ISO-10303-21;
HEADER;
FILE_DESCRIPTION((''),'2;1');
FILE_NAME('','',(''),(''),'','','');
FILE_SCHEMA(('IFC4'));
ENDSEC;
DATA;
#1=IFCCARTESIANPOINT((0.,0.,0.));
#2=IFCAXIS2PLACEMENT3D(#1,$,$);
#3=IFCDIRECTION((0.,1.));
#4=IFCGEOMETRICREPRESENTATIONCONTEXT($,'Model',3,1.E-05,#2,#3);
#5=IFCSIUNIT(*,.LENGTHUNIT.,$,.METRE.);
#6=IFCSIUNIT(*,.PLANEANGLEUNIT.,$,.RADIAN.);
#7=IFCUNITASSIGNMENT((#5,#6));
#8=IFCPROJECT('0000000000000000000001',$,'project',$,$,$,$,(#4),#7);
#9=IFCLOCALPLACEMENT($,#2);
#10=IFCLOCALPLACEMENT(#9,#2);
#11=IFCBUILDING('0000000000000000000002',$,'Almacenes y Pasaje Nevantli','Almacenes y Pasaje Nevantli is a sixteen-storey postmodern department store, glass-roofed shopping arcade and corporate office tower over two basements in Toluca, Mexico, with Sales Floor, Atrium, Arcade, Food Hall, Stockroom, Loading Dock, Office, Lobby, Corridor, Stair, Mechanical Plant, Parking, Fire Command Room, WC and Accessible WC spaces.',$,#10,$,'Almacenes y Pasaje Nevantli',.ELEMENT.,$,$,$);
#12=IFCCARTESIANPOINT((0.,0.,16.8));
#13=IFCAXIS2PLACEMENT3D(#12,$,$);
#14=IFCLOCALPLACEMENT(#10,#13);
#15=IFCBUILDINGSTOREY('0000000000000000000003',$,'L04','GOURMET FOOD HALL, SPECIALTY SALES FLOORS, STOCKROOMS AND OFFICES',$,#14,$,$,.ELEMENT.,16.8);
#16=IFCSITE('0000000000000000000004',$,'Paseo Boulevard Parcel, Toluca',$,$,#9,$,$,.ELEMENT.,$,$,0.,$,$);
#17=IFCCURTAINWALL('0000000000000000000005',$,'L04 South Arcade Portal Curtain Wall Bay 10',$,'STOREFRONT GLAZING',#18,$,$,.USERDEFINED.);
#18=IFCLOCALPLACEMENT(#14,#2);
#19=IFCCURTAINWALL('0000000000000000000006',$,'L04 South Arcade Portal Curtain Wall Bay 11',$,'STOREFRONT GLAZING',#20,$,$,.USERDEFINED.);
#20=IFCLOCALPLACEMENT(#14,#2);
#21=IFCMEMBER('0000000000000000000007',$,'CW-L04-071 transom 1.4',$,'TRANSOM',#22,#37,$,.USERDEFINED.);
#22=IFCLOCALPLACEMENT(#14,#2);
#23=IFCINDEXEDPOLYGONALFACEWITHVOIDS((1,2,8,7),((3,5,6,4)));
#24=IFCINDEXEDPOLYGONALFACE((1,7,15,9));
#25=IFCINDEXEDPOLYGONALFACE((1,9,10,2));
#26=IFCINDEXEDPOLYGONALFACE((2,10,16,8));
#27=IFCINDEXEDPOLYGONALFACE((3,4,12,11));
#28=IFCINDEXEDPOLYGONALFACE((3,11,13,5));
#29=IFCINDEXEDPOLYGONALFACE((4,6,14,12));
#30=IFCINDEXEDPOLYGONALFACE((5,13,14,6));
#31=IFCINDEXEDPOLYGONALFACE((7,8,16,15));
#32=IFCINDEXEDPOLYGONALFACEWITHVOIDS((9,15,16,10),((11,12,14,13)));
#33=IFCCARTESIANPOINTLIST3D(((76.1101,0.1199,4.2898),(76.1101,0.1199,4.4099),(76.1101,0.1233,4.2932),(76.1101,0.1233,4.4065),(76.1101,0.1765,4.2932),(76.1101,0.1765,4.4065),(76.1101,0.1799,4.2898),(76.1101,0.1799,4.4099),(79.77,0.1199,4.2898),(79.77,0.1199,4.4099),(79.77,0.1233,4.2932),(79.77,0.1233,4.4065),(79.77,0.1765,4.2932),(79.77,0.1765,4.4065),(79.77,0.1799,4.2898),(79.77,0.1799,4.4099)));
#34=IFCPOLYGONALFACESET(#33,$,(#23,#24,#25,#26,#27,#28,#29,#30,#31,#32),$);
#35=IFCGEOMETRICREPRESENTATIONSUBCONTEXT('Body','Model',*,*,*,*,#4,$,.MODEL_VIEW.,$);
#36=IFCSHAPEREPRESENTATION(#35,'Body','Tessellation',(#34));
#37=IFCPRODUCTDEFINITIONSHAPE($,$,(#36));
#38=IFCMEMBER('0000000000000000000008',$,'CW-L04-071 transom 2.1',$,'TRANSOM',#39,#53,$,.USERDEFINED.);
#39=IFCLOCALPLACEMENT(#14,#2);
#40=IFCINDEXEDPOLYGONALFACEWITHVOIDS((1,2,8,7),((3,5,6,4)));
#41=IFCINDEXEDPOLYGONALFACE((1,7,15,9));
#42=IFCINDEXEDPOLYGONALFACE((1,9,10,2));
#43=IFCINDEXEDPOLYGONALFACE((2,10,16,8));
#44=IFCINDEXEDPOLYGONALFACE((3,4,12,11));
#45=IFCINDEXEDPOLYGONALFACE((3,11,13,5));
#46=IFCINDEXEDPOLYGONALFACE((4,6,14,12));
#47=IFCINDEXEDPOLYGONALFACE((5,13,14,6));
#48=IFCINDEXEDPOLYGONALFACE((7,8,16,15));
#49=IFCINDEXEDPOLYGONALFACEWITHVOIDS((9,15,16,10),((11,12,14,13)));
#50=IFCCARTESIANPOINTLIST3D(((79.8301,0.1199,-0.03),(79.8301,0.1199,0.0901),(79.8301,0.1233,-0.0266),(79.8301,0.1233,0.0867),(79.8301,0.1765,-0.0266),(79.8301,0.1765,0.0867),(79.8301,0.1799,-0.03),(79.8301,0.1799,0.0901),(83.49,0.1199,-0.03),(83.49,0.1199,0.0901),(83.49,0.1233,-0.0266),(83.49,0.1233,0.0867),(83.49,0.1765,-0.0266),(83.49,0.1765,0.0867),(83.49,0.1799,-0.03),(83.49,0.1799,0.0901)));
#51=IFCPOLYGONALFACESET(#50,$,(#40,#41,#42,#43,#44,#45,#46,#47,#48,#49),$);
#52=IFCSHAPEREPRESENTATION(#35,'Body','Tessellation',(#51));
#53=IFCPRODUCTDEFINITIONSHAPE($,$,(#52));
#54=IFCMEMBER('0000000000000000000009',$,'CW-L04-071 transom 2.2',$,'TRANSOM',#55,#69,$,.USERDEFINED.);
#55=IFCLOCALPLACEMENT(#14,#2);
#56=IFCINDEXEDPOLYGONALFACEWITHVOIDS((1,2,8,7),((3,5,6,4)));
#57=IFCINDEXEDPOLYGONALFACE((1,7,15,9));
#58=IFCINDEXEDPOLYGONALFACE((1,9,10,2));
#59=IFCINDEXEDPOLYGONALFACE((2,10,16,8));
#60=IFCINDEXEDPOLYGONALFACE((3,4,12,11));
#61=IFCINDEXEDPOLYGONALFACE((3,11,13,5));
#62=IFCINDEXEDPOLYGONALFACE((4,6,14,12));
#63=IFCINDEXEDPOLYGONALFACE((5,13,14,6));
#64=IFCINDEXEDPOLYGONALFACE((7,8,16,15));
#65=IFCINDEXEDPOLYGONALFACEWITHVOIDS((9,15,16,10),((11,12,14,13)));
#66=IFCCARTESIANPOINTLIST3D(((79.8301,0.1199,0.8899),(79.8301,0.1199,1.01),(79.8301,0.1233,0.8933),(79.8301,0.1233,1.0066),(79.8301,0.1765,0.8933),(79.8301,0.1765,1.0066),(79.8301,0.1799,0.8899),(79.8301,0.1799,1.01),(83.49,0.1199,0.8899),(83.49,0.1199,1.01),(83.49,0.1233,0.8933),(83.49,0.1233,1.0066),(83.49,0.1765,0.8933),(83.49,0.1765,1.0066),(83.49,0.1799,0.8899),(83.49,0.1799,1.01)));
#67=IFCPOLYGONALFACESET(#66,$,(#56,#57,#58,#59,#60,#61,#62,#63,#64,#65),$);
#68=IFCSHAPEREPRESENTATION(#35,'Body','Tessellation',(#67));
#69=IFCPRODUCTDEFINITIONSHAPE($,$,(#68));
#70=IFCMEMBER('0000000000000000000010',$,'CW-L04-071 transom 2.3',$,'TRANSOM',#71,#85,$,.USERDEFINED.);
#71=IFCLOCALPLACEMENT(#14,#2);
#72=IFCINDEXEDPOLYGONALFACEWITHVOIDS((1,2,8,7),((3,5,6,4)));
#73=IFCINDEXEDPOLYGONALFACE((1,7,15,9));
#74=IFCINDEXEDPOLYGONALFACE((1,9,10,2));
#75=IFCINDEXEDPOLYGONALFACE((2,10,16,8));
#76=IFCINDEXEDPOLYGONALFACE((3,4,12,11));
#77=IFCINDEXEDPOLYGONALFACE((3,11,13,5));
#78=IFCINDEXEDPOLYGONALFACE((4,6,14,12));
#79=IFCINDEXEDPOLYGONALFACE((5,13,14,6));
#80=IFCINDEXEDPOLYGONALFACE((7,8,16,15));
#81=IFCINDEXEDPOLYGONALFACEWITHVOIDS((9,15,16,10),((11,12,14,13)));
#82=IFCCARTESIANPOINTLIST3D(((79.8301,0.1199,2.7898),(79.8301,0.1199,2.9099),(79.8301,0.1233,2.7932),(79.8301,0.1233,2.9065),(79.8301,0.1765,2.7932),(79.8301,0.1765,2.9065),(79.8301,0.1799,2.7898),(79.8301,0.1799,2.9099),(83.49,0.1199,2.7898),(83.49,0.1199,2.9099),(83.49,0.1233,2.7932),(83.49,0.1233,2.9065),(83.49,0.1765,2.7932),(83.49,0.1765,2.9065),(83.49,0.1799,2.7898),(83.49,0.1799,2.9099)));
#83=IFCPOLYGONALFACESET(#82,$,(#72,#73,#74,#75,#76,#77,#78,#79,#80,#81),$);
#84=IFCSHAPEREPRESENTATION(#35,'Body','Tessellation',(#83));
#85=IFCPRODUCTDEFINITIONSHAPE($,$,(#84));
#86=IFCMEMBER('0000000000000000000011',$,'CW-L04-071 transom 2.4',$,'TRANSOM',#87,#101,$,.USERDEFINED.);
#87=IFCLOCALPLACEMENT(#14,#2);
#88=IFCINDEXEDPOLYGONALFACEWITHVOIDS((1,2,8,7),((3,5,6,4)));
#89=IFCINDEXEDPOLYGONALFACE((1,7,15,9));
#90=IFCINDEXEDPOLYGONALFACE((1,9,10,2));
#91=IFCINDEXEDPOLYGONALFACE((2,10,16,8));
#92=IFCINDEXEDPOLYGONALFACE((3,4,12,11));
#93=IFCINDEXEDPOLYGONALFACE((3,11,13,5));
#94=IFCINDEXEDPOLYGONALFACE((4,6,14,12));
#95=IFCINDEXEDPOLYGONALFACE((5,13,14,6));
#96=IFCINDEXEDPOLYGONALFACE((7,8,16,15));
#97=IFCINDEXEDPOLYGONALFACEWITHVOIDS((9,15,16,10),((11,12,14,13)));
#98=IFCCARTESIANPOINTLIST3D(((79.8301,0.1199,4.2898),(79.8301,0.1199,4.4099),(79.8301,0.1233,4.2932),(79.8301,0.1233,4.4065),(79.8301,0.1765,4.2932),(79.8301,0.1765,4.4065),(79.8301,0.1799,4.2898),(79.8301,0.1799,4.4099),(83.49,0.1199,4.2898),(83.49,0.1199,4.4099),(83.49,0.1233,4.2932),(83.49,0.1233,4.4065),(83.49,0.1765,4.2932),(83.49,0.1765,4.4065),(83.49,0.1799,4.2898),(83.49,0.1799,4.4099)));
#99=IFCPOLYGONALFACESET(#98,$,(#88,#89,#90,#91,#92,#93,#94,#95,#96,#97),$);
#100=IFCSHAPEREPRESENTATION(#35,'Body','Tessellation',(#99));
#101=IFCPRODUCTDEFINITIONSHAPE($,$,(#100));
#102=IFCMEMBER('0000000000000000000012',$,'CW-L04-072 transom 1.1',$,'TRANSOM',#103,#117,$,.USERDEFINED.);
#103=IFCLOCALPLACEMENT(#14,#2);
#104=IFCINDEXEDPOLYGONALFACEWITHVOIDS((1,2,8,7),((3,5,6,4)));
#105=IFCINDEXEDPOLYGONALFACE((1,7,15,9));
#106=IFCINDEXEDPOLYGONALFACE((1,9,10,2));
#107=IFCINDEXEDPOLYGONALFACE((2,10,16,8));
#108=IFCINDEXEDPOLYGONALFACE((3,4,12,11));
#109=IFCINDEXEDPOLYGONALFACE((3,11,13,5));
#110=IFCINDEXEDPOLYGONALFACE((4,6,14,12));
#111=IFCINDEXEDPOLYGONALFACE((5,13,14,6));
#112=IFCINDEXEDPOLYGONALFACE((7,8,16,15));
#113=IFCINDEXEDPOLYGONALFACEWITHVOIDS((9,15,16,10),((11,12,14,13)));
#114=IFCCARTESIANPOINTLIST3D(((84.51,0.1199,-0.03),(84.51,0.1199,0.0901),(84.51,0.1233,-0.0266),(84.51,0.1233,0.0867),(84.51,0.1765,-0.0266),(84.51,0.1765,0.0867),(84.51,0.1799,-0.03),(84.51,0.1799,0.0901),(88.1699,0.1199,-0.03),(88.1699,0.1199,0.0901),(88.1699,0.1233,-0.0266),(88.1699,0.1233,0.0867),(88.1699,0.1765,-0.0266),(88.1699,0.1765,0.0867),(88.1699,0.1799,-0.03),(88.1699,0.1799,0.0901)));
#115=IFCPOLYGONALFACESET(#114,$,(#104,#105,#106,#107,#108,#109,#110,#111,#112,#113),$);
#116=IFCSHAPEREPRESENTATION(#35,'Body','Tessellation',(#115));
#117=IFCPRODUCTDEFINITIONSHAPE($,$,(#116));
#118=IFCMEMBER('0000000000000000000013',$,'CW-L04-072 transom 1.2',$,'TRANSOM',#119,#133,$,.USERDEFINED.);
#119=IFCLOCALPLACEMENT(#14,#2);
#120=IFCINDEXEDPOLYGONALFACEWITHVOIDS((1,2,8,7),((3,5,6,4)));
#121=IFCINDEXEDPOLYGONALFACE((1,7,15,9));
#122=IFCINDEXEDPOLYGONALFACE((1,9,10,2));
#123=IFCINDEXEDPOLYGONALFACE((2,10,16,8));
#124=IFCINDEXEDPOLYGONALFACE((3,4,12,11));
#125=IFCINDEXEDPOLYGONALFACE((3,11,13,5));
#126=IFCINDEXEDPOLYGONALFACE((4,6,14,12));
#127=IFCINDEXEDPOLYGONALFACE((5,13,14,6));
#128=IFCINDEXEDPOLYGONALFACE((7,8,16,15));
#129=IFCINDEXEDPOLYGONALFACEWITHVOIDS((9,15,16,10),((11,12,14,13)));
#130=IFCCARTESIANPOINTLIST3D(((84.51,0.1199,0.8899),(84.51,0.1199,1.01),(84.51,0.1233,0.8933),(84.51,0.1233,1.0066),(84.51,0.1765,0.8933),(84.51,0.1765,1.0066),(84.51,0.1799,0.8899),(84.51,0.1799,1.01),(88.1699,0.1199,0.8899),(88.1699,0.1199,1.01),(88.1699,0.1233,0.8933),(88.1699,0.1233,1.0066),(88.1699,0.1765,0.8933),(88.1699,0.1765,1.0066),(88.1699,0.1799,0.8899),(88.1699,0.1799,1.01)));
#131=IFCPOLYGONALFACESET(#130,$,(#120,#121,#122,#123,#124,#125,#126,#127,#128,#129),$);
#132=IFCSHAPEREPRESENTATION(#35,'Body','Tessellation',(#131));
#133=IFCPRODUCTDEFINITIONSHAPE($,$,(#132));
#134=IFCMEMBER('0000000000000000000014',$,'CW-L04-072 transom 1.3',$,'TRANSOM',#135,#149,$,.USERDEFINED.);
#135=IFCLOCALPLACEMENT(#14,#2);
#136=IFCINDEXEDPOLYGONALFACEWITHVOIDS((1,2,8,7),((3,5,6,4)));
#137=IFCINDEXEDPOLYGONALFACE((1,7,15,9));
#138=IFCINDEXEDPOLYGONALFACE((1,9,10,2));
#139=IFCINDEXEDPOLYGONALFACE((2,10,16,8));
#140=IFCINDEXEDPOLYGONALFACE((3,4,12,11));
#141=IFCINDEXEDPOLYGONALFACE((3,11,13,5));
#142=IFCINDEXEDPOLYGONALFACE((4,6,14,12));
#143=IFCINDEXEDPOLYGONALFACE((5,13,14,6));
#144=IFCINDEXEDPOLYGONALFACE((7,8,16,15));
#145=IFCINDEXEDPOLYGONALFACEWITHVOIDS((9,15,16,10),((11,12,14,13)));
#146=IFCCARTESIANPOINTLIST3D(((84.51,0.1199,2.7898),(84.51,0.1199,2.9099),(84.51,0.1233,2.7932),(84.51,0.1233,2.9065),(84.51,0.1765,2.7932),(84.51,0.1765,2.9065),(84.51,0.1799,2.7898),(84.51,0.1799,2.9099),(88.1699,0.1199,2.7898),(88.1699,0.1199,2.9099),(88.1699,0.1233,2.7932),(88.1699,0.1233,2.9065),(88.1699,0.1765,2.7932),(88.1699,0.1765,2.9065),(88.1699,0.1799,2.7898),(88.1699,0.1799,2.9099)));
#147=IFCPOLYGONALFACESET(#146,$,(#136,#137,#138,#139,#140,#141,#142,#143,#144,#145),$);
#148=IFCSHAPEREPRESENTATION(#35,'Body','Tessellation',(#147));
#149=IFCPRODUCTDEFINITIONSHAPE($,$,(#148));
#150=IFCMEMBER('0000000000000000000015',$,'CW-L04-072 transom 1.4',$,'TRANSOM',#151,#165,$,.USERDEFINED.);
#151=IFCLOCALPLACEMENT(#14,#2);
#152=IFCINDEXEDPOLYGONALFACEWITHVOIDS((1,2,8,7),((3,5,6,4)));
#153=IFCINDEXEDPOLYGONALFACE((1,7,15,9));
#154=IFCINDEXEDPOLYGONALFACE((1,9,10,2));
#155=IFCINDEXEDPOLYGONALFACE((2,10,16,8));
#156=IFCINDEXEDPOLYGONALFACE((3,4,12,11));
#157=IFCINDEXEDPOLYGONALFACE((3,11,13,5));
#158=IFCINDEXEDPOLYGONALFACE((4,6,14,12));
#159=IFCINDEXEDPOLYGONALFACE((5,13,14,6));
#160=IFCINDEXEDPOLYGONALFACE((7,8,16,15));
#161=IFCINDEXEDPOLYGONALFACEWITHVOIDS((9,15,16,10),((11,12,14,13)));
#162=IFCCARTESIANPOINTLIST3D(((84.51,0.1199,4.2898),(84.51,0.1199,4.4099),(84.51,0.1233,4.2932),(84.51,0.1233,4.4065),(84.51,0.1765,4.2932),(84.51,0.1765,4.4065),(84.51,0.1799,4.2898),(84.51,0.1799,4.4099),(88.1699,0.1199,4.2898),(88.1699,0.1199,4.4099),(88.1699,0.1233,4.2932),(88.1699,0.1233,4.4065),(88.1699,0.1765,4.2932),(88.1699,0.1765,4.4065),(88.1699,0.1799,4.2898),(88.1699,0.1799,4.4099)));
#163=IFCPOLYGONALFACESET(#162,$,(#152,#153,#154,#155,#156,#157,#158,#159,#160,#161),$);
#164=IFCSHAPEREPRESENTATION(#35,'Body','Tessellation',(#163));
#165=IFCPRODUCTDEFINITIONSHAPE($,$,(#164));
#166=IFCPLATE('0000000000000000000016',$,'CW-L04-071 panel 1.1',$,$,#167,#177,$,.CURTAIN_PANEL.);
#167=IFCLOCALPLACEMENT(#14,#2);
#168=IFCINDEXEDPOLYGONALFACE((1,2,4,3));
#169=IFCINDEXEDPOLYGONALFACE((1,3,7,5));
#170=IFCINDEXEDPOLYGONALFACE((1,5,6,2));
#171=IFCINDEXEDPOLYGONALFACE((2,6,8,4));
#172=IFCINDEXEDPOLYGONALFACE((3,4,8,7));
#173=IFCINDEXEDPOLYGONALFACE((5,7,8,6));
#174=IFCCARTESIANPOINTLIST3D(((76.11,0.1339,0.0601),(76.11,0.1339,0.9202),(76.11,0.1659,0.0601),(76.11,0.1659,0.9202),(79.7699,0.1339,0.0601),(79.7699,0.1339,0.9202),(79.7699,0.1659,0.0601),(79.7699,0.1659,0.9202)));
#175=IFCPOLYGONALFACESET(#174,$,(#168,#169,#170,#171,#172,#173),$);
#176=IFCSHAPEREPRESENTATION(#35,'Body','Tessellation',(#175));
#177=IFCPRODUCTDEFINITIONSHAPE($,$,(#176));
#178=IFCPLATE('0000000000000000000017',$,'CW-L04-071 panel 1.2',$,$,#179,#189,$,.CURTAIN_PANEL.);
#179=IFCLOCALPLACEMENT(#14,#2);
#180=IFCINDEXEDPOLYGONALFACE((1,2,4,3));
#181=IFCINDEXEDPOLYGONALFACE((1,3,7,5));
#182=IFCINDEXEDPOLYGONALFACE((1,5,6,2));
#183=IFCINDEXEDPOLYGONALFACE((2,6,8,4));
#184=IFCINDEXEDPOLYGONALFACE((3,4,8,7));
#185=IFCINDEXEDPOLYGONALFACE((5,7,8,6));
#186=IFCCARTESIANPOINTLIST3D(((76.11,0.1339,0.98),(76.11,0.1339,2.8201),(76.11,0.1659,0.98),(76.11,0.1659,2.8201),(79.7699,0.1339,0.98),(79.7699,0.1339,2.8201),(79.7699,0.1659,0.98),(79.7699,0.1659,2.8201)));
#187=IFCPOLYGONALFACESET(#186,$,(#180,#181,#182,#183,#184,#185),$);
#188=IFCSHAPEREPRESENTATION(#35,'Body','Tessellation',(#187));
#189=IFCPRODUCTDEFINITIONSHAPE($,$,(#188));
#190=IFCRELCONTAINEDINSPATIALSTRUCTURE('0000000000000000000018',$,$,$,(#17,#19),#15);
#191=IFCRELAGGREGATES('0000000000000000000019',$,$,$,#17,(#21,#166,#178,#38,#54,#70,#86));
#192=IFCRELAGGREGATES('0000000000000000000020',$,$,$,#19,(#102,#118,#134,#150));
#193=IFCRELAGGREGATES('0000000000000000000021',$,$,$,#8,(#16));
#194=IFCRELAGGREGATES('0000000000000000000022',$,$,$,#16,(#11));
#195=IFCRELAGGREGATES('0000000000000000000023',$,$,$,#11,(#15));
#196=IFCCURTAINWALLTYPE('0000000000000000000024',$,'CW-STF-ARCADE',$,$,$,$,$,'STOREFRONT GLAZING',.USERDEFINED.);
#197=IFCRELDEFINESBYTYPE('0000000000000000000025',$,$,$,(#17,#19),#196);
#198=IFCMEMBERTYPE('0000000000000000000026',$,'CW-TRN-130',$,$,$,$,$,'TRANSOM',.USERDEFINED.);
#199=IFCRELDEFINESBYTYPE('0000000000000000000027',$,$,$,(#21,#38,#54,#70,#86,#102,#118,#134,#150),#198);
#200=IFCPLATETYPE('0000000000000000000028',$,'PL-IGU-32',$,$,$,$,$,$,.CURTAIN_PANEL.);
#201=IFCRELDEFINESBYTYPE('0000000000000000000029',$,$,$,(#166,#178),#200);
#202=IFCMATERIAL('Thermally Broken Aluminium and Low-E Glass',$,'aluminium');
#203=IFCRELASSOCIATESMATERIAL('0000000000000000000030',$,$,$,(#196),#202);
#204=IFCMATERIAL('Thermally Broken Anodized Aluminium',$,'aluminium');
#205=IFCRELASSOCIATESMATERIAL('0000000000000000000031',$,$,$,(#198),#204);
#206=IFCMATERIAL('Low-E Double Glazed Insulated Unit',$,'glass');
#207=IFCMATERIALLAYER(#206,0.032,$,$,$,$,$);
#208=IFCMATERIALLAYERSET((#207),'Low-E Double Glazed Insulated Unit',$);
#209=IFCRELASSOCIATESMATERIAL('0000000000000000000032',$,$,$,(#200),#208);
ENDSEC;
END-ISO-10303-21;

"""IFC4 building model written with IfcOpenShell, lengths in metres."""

from ifc_helpers import new_model, si_unit, direction, frame, origin, origin_2d, place, context, subcontext, project, spatial, rectangle, hollow_rectangle, extrude, material, layer, layer_set, material_profile, profile_set, type_object, element, aggregate, save


model = new_model("IFC4")

# Units and contexts
model_context = context("Model", 3, precision=1e-05, world=origin(), true_north=direction((0.0, 1.0)))
body_context = subcontext(model_context, "Body", "Model", "MODEL_VIEW")
ifc_project = project(units=[si_unit("LENGTHUNIT", "METRE"), si_unit("PLANEANGLEUNIT", "RADIAN")], contexts=[model_context])

# Site, building, storey
site_placement = place(None, origin())
site = spatial("IfcSite", under=ifc_project, at=site_placement, Name="Paseo Boulevard Parcel, Toluca", CompositionType="ELEMENT", RefElevation=0.0)
building_placement = place(site_placement, origin())
building = spatial("IfcBuilding", under=site, at=building_placement, Name="Almacenes y Pasaje Nevantli", Description="Almacenes y Pasaje Nevantli is a sixteen-storey postmodern department store, glass-roofed shopping arcade and corporate office tower over two basements in Toluca, Mexico, with Sales Floor, Atrium, Arcade, Food Hall, Stockroom, Loading Dock, Office, Lobby, Corridor, Stair, Mechanical Plant, Parking, Fire Command Room, WC and Accessible WC spaces.", LongName="Almacenes y Pasaje Nevantli", CompositionType="ELEMENT")
storey_placement = place(building_placement, frame((0.0, 0.0, 16.8)))
storey = spatial("IfcBuildingStorey", under=building, at=storey_placement, Name="L04", Description="GOURMET FOOD HALL, SPECIALTY SALES FLOORS, STOCKROOMS AND OFFICES", CompositionType="ELEMENT", Elevation=16.8)

# Curtain wall
ifc_material_1 = material(Name="Thermally Broken Aluminium and Low-E Glass", Category="aluminium")
curtain_wall_type = type_object("IfcCurtainWallType", Name="CW-STF-ARCADE", ElementType="STOREFRONT GLAZING", PredefinedType="USERDEFINED", material=ifc_material_1)
curtain_wall_1_placement = place(storey_placement, origin())
curtain_wall_1 = element("IfcCurtainWall", 1, at=curtain_wall_1_placement, inside=storey, type_object=curtain_wall_type, Name="L04 South Arcade Portal Curtain Wall Bay 10", ObjectType="STOREFRONT GLAZING", PredefinedType="USERDEFINED")

# Curtain wall
curtain_wall_2_placement = place(storey_placement, origin())
curtain_wall_2 = element("IfcCurtainWall", 2, at=curtain_wall_2_placement, inside=storey, type_object=curtain_wall_type, Name="L04 South Arcade Portal Curtain Wall Bay 11", ObjectType="STOREFRONT GLAZING", PredefinedType="USERDEFINED")

# Members
ifc_material_2 = material(Name="Thermally Broken Anodized Aluminium", Category="aluminium")
ifc_material_profile_1 = material_profile(ifc_material_2, hollow_rectangle(XDim=0.0601, YDim=0.1201, WallThickness=0.0034, at=origin_2d()), Name="ALU-TRN-60x120")
ifc_profile_set_1 = profile_set([ifc_material_profile_1], Name="Thermally Broken Anodized Aluminium")
member_type_1 = type_object("IfcMemberType", Name="CW-TRN-130", ElementType="TRANSOM", PredefinedType="USERDEFINED", material=ifc_profile_set_1)
member_1_placement = place(storey_placement, frame((76.1101, 0.1499, 4.3499), z_axis=(1.0, 0.0, 0.0), x_axis=(0.0, 1.0, 0.0)))
member_1 = element("IfcMember", 3, at=member_1_placement, type_object=member_type_1, Name="CW-L04-071 transom 1.4", ObjectType="TRANSOM", PredefinedType="USERDEFINED", context=body_context, shape_type="SweptSolid", body=[
    extrude(hollow_rectangle(XDim=0.0601, YDim=0.1201, WallThickness=0.0034, at=origin_2d()), origin(), (0.0, 0.0, 1.0), 3.6599),
])
member_2_placement = place(storey_placement, frame((79.8301, 0.1499, 0.03), z_axis=(1.0, 0.0, 0.0), x_axis=(0.0, 1.0, 0.0)))
member_2 = element("IfcMember", 4, at=member_2_placement, type_object=member_type_1, Name="CW-L04-071 transom 2.1", ObjectType="TRANSOM", PredefinedType="USERDEFINED", context=body_context, shape_type="SweptSolid", body=[
    extrude(hollow_rectangle(XDim=0.0601, YDim=0.1201, WallThickness=0.0034, at=origin_2d()), origin(), (0.0, 0.0, 1.0), 3.6599),
])
member_3_placement = place(storey_placement, frame((79.8301, 0.1499, 0.95), z_axis=(1.0, 0.0, 0.0), x_axis=(0.0, 1.0, 0.0)))
member_3 = element("IfcMember", 5, at=member_3_placement, type_object=member_type_1, Name="CW-L04-071 transom 2.2", ObjectType="TRANSOM", PredefinedType="USERDEFINED", context=body_context, shape_type="SweptSolid", body=[
    extrude(hollow_rectangle(XDim=0.0601, YDim=0.1201, WallThickness=0.0034, at=origin_2d()), origin(), (0.0, 0.0, 1.0), 3.6599),
])
member_4_placement = place(storey_placement, frame((79.8301, 0.1499, 2.8499), z_axis=(1.0, 0.0, 0.0), x_axis=(0.0, 1.0, 0.0)))
member_4 = element("IfcMember", 6, at=member_4_placement, type_object=member_type_1, Name="CW-L04-071 transom 2.3", ObjectType="TRANSOM", PredefinedType="USERDEFINED", context=body_context, shape_type="SweptSolid", body=[
    extrude(hollow_rectangle(XDim=0.0601, YDim=0.1201, WallThickness=0.0034, at=origin_2d()), origin(), (0.0, 0.0, 1.0), 3.6599),
])
member_5_placement = place(storey_placement, frame((79.8301, 0.1499, 4.3499), z_axis=(1.0, 0.0, 0.0), x_axis=(0.0, 1.0, 0.0)))
member_5 = element("IfcMember", 7, at=member_5_placement, type_object=member_type_1, Name="CW-L04-071 transom 2.4", ObjectType="TRANSOM", PredefinedType="USERDEFINED", context=body_context, shape_type="SweptSolid", body=[
    extrude(hollow_rectangle(XDim=0.0601, YDim=0.1201, WallThickness=0.0034, at=origin_2d()), origin(), (0.0, 0.0, 1.0), 3.6599),
])
member_6_placement = place(storey_placement, frame((84.51, 0.1499, 0.03), z_axis=(1.0, 0.0, 0.0), x_axis=(0.0, 1.0, 0.0)))
member_6 = element("IfcMember", 8, at=member_6_placement, type_object=member_type_1, Name="CW-L04-072 transom 1.1", ObjectType="TRANSOM", PredefinedType="USERDEFINED", context=body_context, shape_type="SweptSolid", body=[
    extrude(hollow_rectangle(XDim=0.0601, YDim=0.1201, WallThickness=0.0034, at=origin_2d()), origin(), (0.0, 0.0, 1.0), 3.6599),
])
member_7_placement = place(storey_placement, frame((84.51, 0.1499, 0.95), z_axis=(1.0, 0.0, 0.0), x_axis=(0.0, 1.0, 0.0)))
member_7 = element("IfcMember", 9, at=member_7_placement, type_object=member_type_1, Name="CW-L04-072 transom 1.2", ObjectType="TRANSOM", PredefinedType="USERDEFINED", context=body_context, shape_type="SweptSolid", body=[
    extrude(hollow_rectangle(XDim=0.0601, YDim=0.1201, WallThickness=0.0034, at=origin_2d()), origin(), (0.0, 0.0, 1.0), 3.6599),
])
member_8_placement = place(storey_placement, frame((84.51, 0.1499, 2.8499), z_axis=(1.0, 0.0, 0.0), x_axis=(0.0, 1.0, 0.0)))
member_8 = element("IfcMember", 10, at=member_8_placement, type_object=member_type_1, Name="CW-L04-072 transom 1.3", ObjectType="TRANSOM", PredefinedType="USERDEFINED", context=body_context, shape_type="SweptSolid", body=[
    extrude(hollow_rectangle(XDim=0.0601, YDim=0.1201, WallThickness=0.0034, at=origin_2d()), origin(), (0.0, 0.0, 1.0), 3.6599),
])
member_9_placement = place(storey_placement, frame((84.51, 0.1499, 4.3499), z_axis=(1.0, 0.0, 0.0), x_axis=(0.0, 1.0, 0.0)))
member_9 = element("IfcMember", 11, at=member_9_placement, type_object=member_type_1, Name="CW-L04-072 transom 1.4", ObjectType="TRANSOM", PredefinedType="USERDEFINED", context=body_context, shape_type="SweptSolid", body=[
    extrude(hollow_rectangle(XDim=0.0601, YDim=0.1201, WallThickness=0.0034, at=origin_2d()), origin(), (0.0, 0.0, 1.0), 3.6599),
])

# Plates
ifc_material_3 = material(Name="Low-E Double Glazed Insulated Unit", Category="glass")
ifc_layer = layer(ifc_material_3, 0.032)
ifc_layer_set = layer_set([ifc_layer], Name="Low-E Double Glazed Insulated Unit")
plate_type = type_object("IfcPlateType", Name="PL-IGU-32", PredefinedType="CURTAIN_PANEL", material=ifc_layer_set)
plate_1_placement = place(storey_placement, frame((77.9399, 0.1499, 0.0601), z_axis=(0.0, 0.0, 1.0), x_axis=(1.0, 0.0, 0.0)))
plate_1 = element("IfcPlate", 12, at=plate_1_placement, type_object=plate_type, Name="CW-L04-071 panel 1.1", PredefinedType="CURTAIN_PANEL", context=body_context, shape_type="SweptSolid", body=[
    extrude(rectangle(XDim=3.6599, YDim=0.032, at=origin_2d()), origin(), (0.0, 0.0, 1.0), 0.8601),
])
plate_2_placement = place(storey_placement, frame((77.9399, 0.1499, 0.98), z_axis=(0.0, 0.0, 1.0), x_axis=(1.0, 0.0, 0.0)))
plate_2 = element("IfcPlate", 13, at=plate_2_placement, type_object=plate_type, Name="CW-L04-071 panel 1.2", PredefinedType="CURTAIN_PANEL", context=body_context, shape_type="SweptSolid", body=[
    extrude(rectangle(XDim=3.6599, YDim=0.032, at=origin_2d()), origin(), (0.0, 0.0, 1.0), 1.8401),
])
aggregate(curtain_wall_1, [member_1, plate_1, plate_2, member_2, member_3, member_4, member_5])
aggregate(curtain_wall_2, [member_6, member_7, member_8, member_9])

save(model, "model.ifc")
